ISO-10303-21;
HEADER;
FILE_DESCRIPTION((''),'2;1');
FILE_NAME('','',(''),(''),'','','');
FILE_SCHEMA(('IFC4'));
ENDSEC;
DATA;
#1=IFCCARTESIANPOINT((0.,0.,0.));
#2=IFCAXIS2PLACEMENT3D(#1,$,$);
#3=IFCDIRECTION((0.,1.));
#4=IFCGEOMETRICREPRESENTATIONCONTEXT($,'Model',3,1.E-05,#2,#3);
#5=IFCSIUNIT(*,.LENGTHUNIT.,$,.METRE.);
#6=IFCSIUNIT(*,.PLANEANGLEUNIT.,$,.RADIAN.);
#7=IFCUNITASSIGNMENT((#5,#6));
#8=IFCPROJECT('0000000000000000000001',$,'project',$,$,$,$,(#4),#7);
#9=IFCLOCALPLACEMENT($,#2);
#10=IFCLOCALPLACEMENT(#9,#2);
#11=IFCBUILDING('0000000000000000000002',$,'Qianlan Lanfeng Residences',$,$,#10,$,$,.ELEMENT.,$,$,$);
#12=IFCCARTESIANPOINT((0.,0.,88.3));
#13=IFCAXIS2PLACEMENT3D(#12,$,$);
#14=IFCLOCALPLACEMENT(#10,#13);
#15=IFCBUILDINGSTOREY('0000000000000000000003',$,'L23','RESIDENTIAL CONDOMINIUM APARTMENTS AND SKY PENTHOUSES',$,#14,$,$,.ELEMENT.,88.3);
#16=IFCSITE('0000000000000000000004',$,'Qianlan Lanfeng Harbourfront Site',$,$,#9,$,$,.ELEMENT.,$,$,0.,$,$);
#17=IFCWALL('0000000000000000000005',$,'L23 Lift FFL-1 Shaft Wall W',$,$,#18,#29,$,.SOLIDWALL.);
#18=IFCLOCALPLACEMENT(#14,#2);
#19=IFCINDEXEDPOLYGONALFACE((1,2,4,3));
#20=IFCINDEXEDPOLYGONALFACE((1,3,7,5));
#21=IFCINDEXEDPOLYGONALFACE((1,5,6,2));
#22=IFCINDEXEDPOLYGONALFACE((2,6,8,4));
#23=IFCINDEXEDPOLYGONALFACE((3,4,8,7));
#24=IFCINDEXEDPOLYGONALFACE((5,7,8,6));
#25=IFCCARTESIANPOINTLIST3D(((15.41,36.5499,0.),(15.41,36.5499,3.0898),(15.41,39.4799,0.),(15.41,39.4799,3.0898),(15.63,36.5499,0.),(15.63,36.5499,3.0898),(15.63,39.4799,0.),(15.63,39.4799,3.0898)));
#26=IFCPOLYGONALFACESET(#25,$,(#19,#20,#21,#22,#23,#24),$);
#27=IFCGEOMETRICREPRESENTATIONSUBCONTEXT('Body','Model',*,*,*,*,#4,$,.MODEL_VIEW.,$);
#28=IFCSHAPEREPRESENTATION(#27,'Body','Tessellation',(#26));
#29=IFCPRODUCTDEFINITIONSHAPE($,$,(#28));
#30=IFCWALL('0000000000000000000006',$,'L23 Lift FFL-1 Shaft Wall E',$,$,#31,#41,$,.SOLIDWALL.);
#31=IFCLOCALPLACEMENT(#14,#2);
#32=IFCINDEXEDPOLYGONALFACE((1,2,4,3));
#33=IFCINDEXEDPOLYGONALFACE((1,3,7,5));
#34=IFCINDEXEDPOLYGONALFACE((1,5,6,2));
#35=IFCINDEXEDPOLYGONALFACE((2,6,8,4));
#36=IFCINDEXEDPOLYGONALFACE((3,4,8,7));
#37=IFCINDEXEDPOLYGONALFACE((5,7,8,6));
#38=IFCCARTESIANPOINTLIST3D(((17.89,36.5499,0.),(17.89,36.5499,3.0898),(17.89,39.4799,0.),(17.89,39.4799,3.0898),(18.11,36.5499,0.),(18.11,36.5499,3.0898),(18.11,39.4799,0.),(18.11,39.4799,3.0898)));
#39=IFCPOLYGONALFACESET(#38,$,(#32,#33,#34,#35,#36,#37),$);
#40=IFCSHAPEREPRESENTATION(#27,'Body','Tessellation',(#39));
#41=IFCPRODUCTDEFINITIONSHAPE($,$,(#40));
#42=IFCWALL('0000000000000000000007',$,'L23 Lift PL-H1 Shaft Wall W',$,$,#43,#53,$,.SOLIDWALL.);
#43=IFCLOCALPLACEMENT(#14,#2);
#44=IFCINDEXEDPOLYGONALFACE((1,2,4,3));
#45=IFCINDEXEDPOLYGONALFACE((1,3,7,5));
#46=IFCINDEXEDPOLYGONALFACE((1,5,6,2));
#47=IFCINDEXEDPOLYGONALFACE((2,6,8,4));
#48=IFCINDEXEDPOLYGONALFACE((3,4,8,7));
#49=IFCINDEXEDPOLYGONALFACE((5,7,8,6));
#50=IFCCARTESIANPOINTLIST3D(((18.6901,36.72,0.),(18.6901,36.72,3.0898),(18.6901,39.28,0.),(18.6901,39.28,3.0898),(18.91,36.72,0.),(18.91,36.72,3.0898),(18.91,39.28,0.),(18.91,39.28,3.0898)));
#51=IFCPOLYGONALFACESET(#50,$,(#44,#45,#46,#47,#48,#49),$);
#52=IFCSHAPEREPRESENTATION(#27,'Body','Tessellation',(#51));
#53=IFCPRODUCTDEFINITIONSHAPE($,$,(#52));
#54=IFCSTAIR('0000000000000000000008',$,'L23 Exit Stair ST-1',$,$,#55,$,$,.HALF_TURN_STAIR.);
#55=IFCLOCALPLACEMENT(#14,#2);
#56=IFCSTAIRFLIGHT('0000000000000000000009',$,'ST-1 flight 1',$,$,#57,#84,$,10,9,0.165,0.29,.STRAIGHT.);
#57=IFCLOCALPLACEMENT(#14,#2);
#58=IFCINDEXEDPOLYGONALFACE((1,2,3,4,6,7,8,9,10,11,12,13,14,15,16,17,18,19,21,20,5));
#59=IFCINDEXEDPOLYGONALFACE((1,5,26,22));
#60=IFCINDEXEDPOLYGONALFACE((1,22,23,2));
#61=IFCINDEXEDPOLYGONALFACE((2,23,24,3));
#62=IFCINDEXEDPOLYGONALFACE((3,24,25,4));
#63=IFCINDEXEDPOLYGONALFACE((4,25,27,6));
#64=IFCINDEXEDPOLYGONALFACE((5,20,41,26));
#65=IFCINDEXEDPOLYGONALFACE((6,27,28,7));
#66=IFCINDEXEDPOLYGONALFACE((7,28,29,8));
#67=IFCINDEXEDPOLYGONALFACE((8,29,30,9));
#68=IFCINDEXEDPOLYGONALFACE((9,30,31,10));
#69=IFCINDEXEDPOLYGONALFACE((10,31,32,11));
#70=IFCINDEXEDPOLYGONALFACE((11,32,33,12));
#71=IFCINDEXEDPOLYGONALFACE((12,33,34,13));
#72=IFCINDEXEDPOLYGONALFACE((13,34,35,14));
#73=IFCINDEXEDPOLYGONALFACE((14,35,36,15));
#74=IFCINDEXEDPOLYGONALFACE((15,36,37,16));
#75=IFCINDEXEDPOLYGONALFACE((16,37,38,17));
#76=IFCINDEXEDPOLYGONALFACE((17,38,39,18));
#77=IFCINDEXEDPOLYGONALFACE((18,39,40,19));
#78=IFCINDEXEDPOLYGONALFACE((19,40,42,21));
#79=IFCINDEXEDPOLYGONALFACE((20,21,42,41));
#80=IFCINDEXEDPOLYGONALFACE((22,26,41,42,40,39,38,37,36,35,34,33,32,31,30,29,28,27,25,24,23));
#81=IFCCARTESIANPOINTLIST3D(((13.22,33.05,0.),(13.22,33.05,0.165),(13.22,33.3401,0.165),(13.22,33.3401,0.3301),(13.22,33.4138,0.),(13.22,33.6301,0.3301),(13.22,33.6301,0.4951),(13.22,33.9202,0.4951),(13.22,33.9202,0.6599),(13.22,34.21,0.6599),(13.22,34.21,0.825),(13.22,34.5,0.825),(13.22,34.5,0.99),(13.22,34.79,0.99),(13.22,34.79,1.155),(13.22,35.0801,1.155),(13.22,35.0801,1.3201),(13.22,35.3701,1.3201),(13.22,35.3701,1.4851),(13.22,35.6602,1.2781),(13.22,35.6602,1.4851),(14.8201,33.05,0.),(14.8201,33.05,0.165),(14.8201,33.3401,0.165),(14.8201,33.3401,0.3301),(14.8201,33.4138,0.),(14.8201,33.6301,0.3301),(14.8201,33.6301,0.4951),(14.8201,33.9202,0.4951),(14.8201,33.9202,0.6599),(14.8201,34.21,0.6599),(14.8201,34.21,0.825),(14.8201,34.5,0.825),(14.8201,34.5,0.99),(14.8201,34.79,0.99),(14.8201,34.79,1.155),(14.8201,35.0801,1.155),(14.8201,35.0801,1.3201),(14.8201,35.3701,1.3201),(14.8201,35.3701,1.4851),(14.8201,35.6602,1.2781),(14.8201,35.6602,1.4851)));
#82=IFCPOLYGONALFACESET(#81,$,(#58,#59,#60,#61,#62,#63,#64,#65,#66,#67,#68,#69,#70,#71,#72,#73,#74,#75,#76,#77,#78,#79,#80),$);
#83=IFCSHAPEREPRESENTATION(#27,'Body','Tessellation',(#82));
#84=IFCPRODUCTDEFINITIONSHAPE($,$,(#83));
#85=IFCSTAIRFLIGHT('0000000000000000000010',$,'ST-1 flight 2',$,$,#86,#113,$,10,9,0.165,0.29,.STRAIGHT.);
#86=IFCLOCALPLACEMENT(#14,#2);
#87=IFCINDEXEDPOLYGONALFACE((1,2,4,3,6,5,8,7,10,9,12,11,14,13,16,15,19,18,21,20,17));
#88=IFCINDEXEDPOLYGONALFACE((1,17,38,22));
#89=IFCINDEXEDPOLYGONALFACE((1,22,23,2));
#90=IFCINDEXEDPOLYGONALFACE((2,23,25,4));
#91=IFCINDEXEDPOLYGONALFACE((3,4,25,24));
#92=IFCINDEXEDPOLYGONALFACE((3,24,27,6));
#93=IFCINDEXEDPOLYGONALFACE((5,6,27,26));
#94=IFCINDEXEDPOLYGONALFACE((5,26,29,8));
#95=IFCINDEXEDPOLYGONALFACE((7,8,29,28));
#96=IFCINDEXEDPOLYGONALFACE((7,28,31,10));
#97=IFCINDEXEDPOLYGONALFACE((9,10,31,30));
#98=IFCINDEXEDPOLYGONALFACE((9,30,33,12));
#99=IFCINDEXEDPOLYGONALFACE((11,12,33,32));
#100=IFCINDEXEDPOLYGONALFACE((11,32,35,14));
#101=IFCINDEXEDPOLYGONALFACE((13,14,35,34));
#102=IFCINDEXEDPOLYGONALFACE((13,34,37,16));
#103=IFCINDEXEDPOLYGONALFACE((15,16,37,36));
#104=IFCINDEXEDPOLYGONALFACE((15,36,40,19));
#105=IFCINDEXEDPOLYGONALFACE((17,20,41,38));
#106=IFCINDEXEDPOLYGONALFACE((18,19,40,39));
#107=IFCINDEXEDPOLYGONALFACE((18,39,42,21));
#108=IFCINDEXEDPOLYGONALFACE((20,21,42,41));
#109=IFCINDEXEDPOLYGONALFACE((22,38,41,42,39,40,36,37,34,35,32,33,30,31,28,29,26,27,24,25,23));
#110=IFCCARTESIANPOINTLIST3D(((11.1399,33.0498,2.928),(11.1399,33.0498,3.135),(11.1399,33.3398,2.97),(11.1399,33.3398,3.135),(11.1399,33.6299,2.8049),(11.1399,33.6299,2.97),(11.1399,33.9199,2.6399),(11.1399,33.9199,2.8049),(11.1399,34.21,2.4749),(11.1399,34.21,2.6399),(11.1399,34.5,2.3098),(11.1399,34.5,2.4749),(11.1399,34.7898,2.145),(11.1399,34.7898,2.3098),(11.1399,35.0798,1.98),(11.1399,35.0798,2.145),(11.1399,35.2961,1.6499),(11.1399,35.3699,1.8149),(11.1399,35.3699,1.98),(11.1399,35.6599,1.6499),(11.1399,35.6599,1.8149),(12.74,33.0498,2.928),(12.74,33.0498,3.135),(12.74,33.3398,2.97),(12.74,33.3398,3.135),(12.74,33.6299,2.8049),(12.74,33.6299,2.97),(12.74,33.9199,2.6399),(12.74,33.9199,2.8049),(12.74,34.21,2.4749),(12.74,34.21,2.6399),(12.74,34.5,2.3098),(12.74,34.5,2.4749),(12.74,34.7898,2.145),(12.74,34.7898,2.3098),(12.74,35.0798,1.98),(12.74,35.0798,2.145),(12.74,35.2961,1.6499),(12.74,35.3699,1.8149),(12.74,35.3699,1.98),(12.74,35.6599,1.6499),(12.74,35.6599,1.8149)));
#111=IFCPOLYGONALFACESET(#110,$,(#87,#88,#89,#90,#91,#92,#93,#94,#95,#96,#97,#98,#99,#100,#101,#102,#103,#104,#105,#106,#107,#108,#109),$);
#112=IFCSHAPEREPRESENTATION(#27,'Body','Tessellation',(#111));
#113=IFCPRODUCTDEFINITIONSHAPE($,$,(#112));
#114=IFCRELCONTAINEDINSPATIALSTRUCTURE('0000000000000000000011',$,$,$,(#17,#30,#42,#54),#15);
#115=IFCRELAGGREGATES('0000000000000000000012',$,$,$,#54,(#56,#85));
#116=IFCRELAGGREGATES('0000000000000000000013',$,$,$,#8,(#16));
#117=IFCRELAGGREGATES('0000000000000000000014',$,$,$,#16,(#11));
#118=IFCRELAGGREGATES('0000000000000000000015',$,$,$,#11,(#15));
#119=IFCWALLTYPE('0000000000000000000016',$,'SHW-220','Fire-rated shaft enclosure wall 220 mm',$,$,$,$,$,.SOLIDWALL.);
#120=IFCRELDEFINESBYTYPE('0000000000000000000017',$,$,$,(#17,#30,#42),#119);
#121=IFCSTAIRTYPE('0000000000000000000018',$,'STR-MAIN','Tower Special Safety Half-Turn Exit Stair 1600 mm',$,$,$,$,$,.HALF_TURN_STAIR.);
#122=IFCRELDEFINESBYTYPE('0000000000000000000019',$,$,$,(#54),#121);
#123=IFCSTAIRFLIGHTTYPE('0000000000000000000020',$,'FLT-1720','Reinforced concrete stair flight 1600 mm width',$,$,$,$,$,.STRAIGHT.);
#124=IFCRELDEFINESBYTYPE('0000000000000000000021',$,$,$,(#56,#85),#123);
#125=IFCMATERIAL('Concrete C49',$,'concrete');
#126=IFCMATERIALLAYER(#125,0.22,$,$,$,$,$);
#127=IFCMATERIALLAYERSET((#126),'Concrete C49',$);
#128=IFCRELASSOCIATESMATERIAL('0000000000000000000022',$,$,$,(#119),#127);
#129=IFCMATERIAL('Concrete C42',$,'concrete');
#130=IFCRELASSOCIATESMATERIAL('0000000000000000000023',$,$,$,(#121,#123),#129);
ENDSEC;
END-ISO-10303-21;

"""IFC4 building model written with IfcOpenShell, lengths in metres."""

from ifc_helpers import new_model, si_unit, direction, frame, frame_2d, origin, place, context, subcontext, project, spatial, polyline, rectangle, outline, extrude, material, layer, layer_set, type_object, element, aggregate, save


model = new_model("IFC4")

# Units and contexts
model_context = context("Model", 3, precision=1e-05, world=origin(), true_north=direction((0.0, 1.0)))
body_context = subcontext(model_context, "Body", "Model", "MODEL_VIEW")
ifc_project = project(units=[si_unit("LENGTHUNIT", "METRE"), si_unit("PLANEANGLEUNIT", "RADIAN")], contexts=[model_context])

# Site, building, storey
site_placement = place(None, origin())
site = spatial("IfcSite", under=ifc_project, at=site_placement, Name="Qianlan Lanfeng Harbourfront Site", CompositionType="ELEMENT", RefElevation=0.0)
building_placement = place(site_placement, origin())
building = spatial("IfcBuilding", under=site, at=building_placement, Name="Qianlan Lanfeng Residences", CompositionType="ELEMENT")
storey_placement = place(building_placement, frame((0.0, 0.0, 88.3)))
storey = spatial("IfcBuildingStorey", under=building, at=storey_placement, Name="L23", Description="RESIDENTIAL CONDOMINIUM APARTMENTS AND SKY PENTHOUSES", CompositionType="ELEMENT", Elevation=88.3)

# Walls
ifc_material_1 = material(Name="Concrete C49", Category="concrete")
ifc_layer_1 = layer(ifc_material_1, 0.22)
ifc_layer_set_1 = layer_set([ifc_layer_1], Name="Concrete C49")
wall_type_1 = type_object("IfcWallType", Name="SHW-220", Description="Fire-rated shaft enclosure wall 220 mm", PredefinedType="SOLIDWALL", material=ifc_layer_set_1)
for number, where, z_axis, x_axis, name in (
    (1, (15.52, 36.55, 0.0), (0.0, 0.0, 1.0), (0.0, 1.0, 0.0), "L23 Lift FFL-1 Shaft Wall W"),
    (2, (18.0, 36.55, 0.0), (0.0, 0.0, 1.0), (0.0, 1.0, 0.0), "L23 Lift FFL-1 Shaft Wall E"),
):
    element("IfcWall", number, at=place(storey_placement, frame(where, z_axis=z_axis, x_axis=x_axis)), inside=storey, type_object=wall_type_1, Name=name, PredefinedType="SOLIDWALL", context=body_context, shape_type="SweptSolid", body=[
        extrude(rectangle(XDim=2.9299, YDim=0.22, at=frame_2d((1.4648, 0.0))), origin(), (0.0, 0.0, 1.0), 3.0898),
    ])
wall_1_placement = place(storey_placement, frame((18.8, 36.72, 0.0), z_axis=(0.0, 0.0, 1.0), x_axis=(0.0, 1.0, 0.0)))
element("IfcWall", 3, at=wall_1_placement, inside=storey, type_object=wall_type_1, Name="L23 Lift PL-H1 Shaft Wall W", PredefinedType="SOLIDWALL", context=body_context, shape_type="SweptSolid", body=[
    extrude(rectangle(XDim=2.5601, YDim=0.22, at=frame_2d((1.28, 0.0))), origin(), (0.0, 0.0, 1.0), 3.0898),
])

# Stair, stair flights
ifc_material_2 = material(Name="Concrete C42", Category="concrete")
stair_type = type_object("IfcStairType", Name="STR-MAIN", Description="Tower Special Safety Half-Turn Exit Stair 1600 mm", PredefinedType="HALF_TURN_STAIR", material=ifc_material_2)
stair_placement = place(storey_placement, origin())
stair = element("IfcStair", 4, at=stair_placement, inside=storey, type_object=stair_type, Name="L23 Exit Stair ST-1", PredefinedType="HALF_TURN_STAIR")
stair_flight_type = type_object("IfcStairFlightType", Name="FLT-1720", Description="Reinforced concrete stair flight 1600 mm width", PredefinedType="STRAIGHT", material=ifc_material_2)
stair_flight_1_placement = place(storey_placement, frame((14.02, 33.05, 0.0), z_axis=(0.0, 0.0, 1.0), x_axis=(0.0, 1.0, 0.0)))
stair_flight_1 = element("IfcStairFlight", 5, at=stair_flight_1_placement, type_object=stair_flight_type, Name="ST-1 flight 1", NumberOfRisers=10, NumberOfTreads=9, PredefinedType="STRAIGHT", RiserHeight=0.165, TreadLength=0.29, context=body_context, shape_type="SweptSolid", body=[
    extrude(outline(polyline([(0.0, 0.0), (0.0, 0.165), (0.29, 0.165), (0.29, 0.3301), (0.5801, 0.3301), (0.5801, 0.4951), (0.8701, 0.4951), (0.8701, 0.6599), (1.1599, 0.6599), (1.1599, 0.825), (1.45, 0.825), (1.45, 0.99), (1.74, 0.99), (1.74, 1.155), (2.03, 1.155), (2.03, 1.3201), (2.3201, 1.3201), (2.3201, 1.4851), (2.6101, 1.4851), (2.6101, 1.6499), (2.6101, 1.2781), (0.3638, 0.0), (0.0, 0.0)])), frame((0.0, 0.8, 0.0), z_axis=(0.0, -1.0, 0.0), x_axis=(1.0, 0.0, 0.0)), (0.0, 0.0, 1.0), 1.6001),
])
stair_flight_2_placement = place(storey_placement, frame((11.9399, 35.6599, 1.6499), z_axis=(0.0, 0.0, 1.0), x_axis=(0.0, -1.0, 0.0)))
stair_flight_2 = element("IfcStairFlight", 6, at=stair_flight_2_placement, type_object=stair_flight_type, Name="ST-1 flight 2", NumberOfRisers=10, NumberOfTreads=9, PredefinedType="STRAIGHT", RiserHeight=0.165, TreadLength=0.29, context=body_context, shape_type="SweptSolid", body=[
    extrude(outline(polyline([(0.0, 0.0), (0.0, 0.165), (0.29, 0.165), (0.29, 0.3301), (0.5801, 0.3301), (0.5801, 0.4951), (0.8701, 0.4951), (0.8701, 0.6599), (1.1599, 0.6599), (1.1599, 0.825), (1.45, 0.825), (1.45, 0.99), (1.74, 0.99), (1.74, 1.155), (2.03, 1.155), (2.03, 1.3201), (2.3201, 1.3201), (2.3201, 1.4851), (2.6101, 1.4851), (2.6101, 1.6499), (2.6101, 1.2781), (0.3638, 0.0), (0.0, 0.0)])), frame((0.0, 0.8, 0.0), z_axis=(0.0, -1.0, 0.0), x_axis=(1.0, 0.0, 0.0)), (0.0, 0.0, 1.0), 1.6001),
])
aggregate(stair, [stair_flight_1, stair_flight_2])

save(model, "model.ifc")
